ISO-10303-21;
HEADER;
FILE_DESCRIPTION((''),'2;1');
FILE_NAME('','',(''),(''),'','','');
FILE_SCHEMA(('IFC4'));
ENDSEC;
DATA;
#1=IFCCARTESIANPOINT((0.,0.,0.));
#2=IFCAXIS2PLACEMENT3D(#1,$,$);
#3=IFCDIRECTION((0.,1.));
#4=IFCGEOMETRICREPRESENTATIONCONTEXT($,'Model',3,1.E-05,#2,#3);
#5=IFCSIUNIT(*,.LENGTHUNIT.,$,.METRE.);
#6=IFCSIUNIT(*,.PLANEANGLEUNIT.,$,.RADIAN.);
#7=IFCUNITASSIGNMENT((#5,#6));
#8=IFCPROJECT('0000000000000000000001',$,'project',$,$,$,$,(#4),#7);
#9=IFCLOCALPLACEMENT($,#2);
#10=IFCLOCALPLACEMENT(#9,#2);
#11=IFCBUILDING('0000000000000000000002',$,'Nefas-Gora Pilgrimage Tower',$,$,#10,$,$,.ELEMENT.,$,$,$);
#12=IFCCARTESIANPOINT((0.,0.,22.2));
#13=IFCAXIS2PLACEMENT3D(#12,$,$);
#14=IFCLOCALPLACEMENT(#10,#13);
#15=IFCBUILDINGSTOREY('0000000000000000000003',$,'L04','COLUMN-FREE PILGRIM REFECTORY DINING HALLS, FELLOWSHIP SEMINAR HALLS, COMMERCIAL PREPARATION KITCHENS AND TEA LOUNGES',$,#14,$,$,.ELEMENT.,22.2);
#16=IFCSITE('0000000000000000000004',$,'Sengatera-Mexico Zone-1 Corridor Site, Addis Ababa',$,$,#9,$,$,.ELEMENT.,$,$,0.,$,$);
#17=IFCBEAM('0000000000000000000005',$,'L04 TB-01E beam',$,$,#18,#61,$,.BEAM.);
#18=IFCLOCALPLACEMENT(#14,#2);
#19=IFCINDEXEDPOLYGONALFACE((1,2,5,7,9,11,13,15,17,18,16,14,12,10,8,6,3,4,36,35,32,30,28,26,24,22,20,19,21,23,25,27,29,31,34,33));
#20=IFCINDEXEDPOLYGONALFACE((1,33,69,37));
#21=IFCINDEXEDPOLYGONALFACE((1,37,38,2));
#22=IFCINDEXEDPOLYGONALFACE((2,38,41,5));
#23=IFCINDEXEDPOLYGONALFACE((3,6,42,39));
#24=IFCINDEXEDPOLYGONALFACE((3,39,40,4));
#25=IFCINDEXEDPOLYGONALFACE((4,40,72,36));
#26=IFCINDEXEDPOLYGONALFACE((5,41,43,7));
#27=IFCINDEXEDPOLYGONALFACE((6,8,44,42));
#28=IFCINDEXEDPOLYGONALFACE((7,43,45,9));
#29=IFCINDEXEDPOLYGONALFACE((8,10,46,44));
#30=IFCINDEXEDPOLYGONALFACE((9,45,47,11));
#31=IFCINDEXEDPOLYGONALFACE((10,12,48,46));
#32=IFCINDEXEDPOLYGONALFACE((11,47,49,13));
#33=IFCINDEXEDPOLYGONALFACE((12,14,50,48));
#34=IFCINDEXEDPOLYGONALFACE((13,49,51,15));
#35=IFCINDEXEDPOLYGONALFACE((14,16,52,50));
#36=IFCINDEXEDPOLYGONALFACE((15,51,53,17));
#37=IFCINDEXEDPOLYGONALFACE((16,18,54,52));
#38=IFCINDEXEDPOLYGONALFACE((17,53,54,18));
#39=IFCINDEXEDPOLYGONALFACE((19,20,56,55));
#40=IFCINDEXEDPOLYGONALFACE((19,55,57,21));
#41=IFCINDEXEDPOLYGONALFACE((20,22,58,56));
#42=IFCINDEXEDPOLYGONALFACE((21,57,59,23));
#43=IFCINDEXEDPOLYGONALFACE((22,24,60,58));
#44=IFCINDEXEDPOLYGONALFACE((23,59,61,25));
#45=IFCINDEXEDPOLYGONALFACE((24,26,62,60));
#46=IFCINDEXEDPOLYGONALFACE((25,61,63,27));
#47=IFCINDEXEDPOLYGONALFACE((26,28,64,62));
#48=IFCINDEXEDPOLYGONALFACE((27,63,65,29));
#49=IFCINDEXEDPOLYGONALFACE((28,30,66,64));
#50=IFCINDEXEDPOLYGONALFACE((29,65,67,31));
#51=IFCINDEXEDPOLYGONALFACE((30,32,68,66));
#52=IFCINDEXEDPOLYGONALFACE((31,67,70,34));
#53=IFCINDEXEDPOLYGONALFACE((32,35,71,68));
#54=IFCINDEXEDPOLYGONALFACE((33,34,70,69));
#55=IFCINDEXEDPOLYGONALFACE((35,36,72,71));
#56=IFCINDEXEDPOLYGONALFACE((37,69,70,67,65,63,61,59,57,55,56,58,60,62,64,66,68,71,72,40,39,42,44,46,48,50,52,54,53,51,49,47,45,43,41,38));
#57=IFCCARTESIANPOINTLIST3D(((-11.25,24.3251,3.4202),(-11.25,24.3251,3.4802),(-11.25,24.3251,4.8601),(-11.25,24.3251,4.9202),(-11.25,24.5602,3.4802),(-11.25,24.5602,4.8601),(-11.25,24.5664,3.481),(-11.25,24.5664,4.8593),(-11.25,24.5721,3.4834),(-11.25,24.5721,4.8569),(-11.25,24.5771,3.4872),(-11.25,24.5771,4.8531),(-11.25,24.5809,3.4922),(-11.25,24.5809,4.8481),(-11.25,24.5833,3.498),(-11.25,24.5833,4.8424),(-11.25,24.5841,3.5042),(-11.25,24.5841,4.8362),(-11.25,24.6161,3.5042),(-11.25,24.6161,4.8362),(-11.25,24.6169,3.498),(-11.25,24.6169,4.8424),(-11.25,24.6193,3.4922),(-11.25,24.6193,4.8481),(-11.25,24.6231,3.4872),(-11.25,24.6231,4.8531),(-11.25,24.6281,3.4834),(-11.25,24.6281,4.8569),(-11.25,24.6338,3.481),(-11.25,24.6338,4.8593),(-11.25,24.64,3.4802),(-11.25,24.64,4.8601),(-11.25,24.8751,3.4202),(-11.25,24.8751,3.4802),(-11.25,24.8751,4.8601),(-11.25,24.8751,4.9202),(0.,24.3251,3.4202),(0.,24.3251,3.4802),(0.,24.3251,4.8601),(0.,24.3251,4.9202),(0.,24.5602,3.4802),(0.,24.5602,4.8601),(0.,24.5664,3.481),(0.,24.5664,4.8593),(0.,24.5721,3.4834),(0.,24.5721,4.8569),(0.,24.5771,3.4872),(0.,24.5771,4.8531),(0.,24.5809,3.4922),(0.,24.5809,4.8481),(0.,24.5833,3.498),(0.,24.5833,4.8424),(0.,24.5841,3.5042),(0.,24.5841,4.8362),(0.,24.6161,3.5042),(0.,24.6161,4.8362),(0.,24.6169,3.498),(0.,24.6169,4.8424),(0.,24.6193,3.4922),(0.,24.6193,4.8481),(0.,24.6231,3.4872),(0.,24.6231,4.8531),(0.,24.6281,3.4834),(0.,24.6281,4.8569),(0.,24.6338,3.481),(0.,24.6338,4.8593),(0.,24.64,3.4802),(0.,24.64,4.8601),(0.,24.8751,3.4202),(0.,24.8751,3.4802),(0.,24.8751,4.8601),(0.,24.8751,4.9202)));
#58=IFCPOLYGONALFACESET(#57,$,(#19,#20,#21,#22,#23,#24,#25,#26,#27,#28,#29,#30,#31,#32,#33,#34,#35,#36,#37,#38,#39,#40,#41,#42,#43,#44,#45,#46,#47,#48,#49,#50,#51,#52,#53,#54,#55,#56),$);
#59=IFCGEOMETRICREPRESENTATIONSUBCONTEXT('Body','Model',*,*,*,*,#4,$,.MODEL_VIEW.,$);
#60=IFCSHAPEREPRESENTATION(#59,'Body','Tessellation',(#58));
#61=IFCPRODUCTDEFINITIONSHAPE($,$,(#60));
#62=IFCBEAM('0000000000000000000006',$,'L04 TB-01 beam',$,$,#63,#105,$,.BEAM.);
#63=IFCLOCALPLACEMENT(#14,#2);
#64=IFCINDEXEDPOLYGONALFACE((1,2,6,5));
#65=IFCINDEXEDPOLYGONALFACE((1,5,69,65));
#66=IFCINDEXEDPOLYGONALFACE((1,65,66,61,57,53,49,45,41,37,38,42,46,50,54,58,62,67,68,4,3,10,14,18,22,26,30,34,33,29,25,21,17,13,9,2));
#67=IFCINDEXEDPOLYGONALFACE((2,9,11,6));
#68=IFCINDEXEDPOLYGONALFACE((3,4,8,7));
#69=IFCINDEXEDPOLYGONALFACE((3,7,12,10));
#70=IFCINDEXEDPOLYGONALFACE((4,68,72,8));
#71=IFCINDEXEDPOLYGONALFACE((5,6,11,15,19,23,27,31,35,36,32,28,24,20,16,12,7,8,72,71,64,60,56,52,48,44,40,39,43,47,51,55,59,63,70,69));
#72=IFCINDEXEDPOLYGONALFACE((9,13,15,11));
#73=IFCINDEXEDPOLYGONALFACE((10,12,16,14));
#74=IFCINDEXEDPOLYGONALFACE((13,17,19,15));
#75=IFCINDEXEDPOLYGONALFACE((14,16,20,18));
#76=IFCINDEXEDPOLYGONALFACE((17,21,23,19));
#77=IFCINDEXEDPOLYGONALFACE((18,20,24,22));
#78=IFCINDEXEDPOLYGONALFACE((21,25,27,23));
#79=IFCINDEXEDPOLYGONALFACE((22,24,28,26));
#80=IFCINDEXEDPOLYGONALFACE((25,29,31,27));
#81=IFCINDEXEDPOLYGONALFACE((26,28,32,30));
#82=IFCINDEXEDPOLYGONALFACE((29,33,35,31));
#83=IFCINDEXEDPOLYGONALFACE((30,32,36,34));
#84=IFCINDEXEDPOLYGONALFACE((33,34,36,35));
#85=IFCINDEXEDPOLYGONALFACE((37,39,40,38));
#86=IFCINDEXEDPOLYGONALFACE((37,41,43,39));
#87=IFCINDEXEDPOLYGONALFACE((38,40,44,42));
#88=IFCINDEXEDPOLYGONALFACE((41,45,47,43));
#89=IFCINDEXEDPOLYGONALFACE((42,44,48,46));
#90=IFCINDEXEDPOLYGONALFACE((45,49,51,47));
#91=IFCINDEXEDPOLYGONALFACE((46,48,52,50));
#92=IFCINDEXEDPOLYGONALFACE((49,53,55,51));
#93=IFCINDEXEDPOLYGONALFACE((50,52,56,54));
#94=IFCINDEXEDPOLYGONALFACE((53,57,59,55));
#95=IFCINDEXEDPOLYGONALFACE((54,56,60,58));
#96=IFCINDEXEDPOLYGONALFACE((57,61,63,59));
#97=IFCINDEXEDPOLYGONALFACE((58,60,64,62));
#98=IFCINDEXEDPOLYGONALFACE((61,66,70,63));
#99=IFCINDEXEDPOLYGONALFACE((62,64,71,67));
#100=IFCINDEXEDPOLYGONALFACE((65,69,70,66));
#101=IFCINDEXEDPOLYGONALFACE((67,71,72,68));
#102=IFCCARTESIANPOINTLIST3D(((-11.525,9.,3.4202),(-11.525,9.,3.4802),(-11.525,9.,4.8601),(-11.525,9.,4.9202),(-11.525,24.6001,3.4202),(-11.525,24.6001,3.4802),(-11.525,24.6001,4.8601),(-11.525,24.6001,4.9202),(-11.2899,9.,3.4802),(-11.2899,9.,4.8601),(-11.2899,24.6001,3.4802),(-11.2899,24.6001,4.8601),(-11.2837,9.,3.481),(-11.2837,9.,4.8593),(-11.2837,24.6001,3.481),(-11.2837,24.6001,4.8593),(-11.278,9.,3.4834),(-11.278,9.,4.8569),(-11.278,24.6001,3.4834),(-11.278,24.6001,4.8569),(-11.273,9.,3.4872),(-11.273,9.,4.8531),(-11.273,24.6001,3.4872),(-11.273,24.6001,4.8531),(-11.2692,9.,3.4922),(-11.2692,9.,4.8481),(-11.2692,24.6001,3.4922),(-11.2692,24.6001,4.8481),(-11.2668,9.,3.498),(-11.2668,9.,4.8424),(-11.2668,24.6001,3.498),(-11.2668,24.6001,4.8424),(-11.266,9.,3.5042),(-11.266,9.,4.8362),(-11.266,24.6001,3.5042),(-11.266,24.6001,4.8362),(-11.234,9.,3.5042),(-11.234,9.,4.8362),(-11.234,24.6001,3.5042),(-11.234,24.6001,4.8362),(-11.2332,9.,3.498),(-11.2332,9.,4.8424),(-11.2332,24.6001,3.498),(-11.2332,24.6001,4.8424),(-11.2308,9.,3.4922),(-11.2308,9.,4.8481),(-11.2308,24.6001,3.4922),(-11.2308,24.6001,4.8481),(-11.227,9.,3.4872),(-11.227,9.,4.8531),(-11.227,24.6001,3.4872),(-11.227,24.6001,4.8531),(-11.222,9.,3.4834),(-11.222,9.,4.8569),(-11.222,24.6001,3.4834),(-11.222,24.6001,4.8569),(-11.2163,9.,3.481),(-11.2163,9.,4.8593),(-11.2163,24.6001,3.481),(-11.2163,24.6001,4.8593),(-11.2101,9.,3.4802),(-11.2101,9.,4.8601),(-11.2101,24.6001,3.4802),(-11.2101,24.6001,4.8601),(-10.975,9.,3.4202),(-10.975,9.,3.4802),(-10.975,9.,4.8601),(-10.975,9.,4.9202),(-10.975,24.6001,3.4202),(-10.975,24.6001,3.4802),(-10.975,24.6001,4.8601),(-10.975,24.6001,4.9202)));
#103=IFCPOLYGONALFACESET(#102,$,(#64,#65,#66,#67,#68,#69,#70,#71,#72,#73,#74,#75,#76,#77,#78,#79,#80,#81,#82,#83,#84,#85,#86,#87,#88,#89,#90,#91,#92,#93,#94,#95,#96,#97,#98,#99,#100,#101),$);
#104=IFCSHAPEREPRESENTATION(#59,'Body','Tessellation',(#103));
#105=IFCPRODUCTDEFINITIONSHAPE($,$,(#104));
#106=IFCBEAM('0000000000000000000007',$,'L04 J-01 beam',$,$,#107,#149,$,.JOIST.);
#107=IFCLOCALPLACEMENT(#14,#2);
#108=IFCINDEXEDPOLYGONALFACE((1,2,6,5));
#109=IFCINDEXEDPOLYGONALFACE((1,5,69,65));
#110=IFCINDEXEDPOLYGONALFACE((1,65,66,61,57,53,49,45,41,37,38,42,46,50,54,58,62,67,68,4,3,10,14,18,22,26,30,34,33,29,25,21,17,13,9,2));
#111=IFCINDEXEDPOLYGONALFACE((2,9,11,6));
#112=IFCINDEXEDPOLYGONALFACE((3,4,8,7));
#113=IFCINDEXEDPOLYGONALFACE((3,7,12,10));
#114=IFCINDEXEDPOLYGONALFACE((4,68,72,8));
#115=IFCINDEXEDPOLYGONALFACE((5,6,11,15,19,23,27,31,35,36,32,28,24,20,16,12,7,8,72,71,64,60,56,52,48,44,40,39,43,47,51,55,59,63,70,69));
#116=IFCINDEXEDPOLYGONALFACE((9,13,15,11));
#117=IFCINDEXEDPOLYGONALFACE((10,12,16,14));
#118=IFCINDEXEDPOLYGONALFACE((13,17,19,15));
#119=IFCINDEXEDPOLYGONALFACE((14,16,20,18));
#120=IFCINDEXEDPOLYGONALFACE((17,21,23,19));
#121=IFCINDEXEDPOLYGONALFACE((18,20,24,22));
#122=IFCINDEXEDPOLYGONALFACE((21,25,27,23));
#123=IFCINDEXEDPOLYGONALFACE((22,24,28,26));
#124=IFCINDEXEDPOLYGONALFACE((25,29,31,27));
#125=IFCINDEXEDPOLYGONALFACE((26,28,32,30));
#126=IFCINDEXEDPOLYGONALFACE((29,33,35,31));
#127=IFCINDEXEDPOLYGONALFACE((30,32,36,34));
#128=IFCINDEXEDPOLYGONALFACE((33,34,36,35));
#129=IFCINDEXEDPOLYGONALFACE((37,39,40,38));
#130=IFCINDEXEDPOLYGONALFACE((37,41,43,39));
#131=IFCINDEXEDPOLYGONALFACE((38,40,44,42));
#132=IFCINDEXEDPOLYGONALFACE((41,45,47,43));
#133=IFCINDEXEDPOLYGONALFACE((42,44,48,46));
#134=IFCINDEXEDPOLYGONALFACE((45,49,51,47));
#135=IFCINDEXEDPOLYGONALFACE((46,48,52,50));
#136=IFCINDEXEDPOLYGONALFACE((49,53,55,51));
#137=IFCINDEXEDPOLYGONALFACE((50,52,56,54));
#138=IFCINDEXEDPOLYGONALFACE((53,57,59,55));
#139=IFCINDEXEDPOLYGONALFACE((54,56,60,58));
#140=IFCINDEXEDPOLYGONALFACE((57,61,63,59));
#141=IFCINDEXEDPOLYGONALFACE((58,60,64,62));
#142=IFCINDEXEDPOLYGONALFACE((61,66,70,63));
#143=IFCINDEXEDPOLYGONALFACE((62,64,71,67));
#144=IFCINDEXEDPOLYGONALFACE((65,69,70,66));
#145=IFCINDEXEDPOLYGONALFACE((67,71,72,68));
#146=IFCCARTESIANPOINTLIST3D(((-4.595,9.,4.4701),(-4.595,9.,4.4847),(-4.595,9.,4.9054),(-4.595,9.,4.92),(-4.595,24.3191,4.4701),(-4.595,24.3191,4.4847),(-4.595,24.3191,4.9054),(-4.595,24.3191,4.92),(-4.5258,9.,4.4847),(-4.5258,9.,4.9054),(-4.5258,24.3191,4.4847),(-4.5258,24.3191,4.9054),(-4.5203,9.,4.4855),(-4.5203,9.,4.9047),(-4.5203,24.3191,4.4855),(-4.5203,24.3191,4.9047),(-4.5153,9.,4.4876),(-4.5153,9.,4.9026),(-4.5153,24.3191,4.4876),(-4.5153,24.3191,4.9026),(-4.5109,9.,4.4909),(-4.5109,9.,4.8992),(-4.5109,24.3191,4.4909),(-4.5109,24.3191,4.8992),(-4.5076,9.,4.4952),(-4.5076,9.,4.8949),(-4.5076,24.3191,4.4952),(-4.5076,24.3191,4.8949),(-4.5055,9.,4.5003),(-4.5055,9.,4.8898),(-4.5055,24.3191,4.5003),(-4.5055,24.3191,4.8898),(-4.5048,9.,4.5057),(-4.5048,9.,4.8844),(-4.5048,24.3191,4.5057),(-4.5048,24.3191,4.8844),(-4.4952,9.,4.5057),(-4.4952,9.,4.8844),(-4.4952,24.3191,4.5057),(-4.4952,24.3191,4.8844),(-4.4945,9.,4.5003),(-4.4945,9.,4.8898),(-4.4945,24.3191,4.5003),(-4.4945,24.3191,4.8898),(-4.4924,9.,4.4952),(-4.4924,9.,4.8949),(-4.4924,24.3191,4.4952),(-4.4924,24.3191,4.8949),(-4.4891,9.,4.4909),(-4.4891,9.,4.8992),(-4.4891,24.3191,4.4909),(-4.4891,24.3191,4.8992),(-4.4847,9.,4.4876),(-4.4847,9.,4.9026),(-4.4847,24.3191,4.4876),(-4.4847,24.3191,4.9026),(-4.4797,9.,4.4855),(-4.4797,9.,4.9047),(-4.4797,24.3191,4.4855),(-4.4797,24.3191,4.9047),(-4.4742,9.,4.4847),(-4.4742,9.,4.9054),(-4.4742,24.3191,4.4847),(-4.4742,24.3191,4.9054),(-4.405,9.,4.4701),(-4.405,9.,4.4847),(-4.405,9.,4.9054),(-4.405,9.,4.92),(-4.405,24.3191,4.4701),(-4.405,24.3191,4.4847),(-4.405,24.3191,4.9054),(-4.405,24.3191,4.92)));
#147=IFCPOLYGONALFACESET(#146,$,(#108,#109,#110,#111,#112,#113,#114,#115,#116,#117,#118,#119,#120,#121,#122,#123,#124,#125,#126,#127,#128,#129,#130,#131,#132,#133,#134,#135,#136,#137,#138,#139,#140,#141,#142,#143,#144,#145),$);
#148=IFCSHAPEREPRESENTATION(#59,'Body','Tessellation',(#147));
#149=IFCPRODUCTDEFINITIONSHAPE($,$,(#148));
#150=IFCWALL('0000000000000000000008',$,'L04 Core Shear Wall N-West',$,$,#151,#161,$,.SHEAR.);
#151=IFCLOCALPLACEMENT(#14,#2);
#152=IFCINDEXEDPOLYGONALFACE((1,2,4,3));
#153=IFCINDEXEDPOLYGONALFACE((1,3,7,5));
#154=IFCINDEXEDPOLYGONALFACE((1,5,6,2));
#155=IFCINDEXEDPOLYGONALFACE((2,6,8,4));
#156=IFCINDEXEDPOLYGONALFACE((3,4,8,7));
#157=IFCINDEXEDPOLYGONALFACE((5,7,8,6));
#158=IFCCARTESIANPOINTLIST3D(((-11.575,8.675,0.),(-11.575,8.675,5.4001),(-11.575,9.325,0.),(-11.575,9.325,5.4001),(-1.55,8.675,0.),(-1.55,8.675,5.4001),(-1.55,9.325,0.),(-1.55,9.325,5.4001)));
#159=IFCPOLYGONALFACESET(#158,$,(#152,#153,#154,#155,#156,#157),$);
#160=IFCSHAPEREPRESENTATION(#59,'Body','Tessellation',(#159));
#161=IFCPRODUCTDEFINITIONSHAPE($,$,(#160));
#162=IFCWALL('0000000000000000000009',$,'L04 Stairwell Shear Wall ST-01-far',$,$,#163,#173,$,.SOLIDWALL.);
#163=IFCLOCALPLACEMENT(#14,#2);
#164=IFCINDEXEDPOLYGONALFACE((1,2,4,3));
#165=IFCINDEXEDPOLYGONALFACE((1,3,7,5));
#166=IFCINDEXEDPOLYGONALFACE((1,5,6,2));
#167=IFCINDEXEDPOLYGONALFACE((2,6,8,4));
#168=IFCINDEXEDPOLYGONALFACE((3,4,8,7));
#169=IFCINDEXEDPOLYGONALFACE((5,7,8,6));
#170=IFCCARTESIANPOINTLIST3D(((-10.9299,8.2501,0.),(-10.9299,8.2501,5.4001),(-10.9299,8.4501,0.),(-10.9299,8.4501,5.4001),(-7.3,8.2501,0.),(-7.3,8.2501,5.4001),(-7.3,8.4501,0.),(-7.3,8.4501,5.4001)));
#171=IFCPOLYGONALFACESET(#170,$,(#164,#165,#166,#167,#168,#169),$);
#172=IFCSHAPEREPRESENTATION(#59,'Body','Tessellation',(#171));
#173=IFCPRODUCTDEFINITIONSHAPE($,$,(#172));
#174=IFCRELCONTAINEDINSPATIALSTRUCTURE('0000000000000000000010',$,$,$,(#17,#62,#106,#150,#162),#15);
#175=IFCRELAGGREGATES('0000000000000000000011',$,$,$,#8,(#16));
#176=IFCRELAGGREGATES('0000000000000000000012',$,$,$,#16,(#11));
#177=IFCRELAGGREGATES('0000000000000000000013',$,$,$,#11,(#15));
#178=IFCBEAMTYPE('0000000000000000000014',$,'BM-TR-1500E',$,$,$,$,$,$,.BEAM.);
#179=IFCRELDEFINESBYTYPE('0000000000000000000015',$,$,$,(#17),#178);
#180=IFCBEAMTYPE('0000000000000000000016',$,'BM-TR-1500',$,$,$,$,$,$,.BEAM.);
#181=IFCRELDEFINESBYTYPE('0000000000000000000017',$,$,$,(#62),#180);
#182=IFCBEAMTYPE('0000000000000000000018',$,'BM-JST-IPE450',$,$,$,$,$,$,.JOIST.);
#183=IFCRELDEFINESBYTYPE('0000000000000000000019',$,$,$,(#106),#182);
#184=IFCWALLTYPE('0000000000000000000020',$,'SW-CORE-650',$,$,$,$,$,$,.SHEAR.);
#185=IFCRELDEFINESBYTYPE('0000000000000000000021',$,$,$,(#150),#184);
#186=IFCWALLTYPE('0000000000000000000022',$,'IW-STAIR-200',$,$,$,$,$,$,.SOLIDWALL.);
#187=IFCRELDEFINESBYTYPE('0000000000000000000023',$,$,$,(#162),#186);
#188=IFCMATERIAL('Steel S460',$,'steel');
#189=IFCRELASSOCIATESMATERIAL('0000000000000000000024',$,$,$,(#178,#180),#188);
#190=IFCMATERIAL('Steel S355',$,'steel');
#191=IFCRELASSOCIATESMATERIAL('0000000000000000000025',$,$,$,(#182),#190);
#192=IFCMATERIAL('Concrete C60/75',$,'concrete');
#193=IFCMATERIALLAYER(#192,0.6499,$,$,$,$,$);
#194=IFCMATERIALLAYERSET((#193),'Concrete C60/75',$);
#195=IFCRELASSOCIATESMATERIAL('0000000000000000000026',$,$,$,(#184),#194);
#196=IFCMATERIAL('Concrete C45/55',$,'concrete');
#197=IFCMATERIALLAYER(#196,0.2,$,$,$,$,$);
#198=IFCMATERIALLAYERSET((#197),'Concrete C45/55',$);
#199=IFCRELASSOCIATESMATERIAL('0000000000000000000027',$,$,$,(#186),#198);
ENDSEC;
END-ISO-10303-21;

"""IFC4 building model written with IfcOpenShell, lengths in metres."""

from ifc_helpers import new_model, si_unit, direction, frame, frame_2d, origin, origin_2d, place, context, subcontext, project, spatial, rectangle, i_section, extrude, source, transform, mapped, material, layer, layer_set, material_profile, profile_set, type_object, element, save


model = new_model("IFC4")

# Units and contexts
model_context = context("Model", 3, precision=1e-05, world=origin(), true_north=direction((0.0, 1.0)))
body_context = subcontext(model_context, "Body", "Model", "MODEL_VIEW")
ifc_project = project(units=[si_unit("LENGTHUNIT", "METRE"), si_unit("PLANEANGLEUNIT", "RADIAN")], contexts=[model_context])

# Site, building, storey
site_placement = place(None, origin())
site = spatial("IfcSite", under=ifc_project, at=site_placement, Name="Sengatera-Mexico Zone-1 Corridor Site, Addis Ababa", CompositionType="ELEMENT", RefElevation=0.0)
building_placement = place(site_placement, origin())
building = spatial("IfcBuilding", under=site, at=building_placement, Name="Nefas-Gora Pilgrimage Tower", CompositionType="ELEMENT")
storey_placement = place(building_placement, frame((0.0, 0.0, 22.2)))
storey = spatial("IfcBuildingStorey", under=building, at=storey_placement, Name="L04", Description="COLUMN-FREE PILGRIM REFECTORY DINING HALLS, FELLOWSHIP SEMINAR HALLS, COMMERCIAL PREPARATION KITCHENS AND TEA LOUNGES", CompositionType="ELEMENT", Elevation=22.2)

# Shared definitions
ifc_material_1 = material(Name="Steel S460", Category="steel")

# Beams
ifc_material_2 = material(Name="Concrete C60/75", Category="concrete")
ifc_material_profile_1 = material_profile(ifc_material_1, i_section(OverallWidth=0.55, OverallDepth=1.5, WebThickness=0.032, FlangeThickness=0.0601, FilletRadius=0.0239, at=origin_2d()), Name="WPG 1500x550x32x60")
ifc_profile_set_1 = profile_set([ifc_material_profile_1], Name="Steel S460")
beam_type_1 = type_object("IfcBeamType", Name="BM-TR-1500E", PredefinedType="BEAM", material=ifc_profile_set_1)
shared_shape_1 = source(origin(), body_context, "Body", "SweptSolid", [
    extrude(i_section(OverallWidth=0.55, OverallDepth=1.5, WebThickness=0.032, FlangeThickness=0.0601, FilletRadius=0.0239, at=origin_2d()), origin(), (0.0, 0.0, 1.0), 11.25),
])
beam_1_placement = place(storey_placement, frame((-11.25, 24.6001, 4.1702), z_axis=(1.0, 0.0, 0.0), x_axis=(0.0, 1.0, 0.0)))
element("IfcBeam", 1, at=beam_1_placement, inside=storey, type_object=beam_type_1, Name="L04 TB-01E beam", PredefinedType="BEAM", context=body_context, shape_type="MappedRepresentation", body=[
    mapped(shared_shape_1, transform((0.0, 0.0, 0.0), x_axis=(1.0, 0.0, 0.0), y_axis=(0.0, 1.0, 0.0), z_axis=(0.0, 0.0, 1.0), scale=1.0)),
])
ifc_material_profile_2 = material_profile(ifc_material_1, i_section(OverallWidth=0.55, OverallDepth=1.5, WebThickness=0.032, FlangeThickness=0.0601, FilletRadius=0.0239, at=origin_2d()), Name="WPG 1500x550x32x60")
ifc_profile_set_2 = profile_set([ifc_material_profile_2], Name="Steel S460")
beam_type_2 = type_object("IfcBeamType", Name="BM-TR-1500", PredefinedType="BEAM", material=ifc_profile_set_2)
shared_shape_2 = source(origin(), body_context, "Body", "SweptSolid", [
    extrude(i_section(OverallWidth=0.55, OverallDepth=1.5, WebThickness=0.032, FlangeThickness=0.0601, FilletRadius=0.0239, at=origin_2d()), origin(), (0.0, 0.0, 1.0), 15.6001),
])
beam_2_placement = place(storey_placement, frame((-11.25, 9.0, 4.1702), z_axis=(0.0, 1.0, 0.0), x_axis=(-1.0, 0.0, 0.0)))
element("IfcBeam", 2, at=beam_2_placement, inside=storey, type_object=beam_type_2, Name="L04 TB-01 beam", PredefinedType="BEAM", context=body_context, shape_type="MappedRepresentation", body=[
    mapped(shared_shape_2, transform((0.0, 0.0, 0.0), x_axis=(1.0, 0.0, 0.0), y_axis=(0.0, 1.0, 0.0), z_axis=(0.0, 0.0, 1.0), scale=1.0)),
])
ifc_material_3 = material(Name="Steel S355", Category="steel")
ifc_material_profile_3 = material_profile(ifc_material_3, i_section(OverallWidth=0.1899, OverallDepth=0.45, WebThickness=0.0095, FlangeThickness=0.0146, FilletRadius=0.021, at=origin_2d()), Name="IPE 450")
ifc_profile_set_3 = profile_set([ifc_material_profile_3], Name="Steel S355")
beam_type_3 = type_object("IfcBeamType", Name="BM-JST-IPE450", PredefinedType="JOIST", material=ifc_profile_set_3)
shared_shape_3 = source(origin(), body_context, "Body", "SweptSolid", [
    extrude(i_section(OverallWidth=0.1899, OverallDepth=0.45, WebThickness=0.0095, FlangeThickness=0.0146, FilletRadius=0.021, at=origin_2d()), origin(), (0.0, 0.0, 1.0), 15.3191),
])
beam_3_placement = place(storey_placement, frame((-4.5, 9.0, 4.6951), z_axis=(0.0, 1.0, 0.0), x_axis=(-1.0, 0.0, 0.0)))
element("IfcBeam", 3, at=beam_3_placement, inside=storey, type_object=beam_type_3, Name="L04 J-01 beam", PredefinedType="JOIST", context=body_context, shape_type="MappedRepresentation", body=[
    mapped(shared_shape_3, transform((0.0, 0.0, 0.0), x_axis=(1.0, 0.0, 0.0), y_axis=(0.0, 1.0, 0.0), z_axis=(0.0, 0.0, 1.0), scale=1.0)),
])

# Walls
ifc_layer_1 = layer(ifc_material_2, 0.6499)
ifc_layer_set_1 = layer_set([ifc_layer_1], Name="Concrete C60/75")
wall_type_1 = type_object("IfcWallType", Name="SW-CORE-650", PredefinedType="SHEAR", material=ifc_layer_set_1)
shared_shape_4 = source(origin(), body_context, "Body", "SweptSolid", [
    extrude(rectangle(XDim=10.0249, YDim=0.6499, at=frame_2d((5.0125, 0.0))), origin(), (0.0, 0.0, 1.0), 5.4001),
])
wall_1_placement = place(storey_placement, frame((-11.575, 9.0, 0.0), z_axis=(0.0, 0.0, 1.0), x_axis=(1.0, 0.0, 0.0)))
element("IfcWall", 4, at=wall_1_placement, inside=storey, type_object=wall_type_1, Name="L04 Core Shear Wall N-West", PredefinedType="SHEAR", context=body_context, shape_type="MappedRepresentation", body=[
    mapped(shared_shape_4, transform((0.0, 0.0, 0.0), x_axis=(1.0, 0.0, 0.0), y_axis=(0.0, 1.0, 0.0), z_axis=(0.0, 0.0, 1.0), scale=1.0)),
])
ifc_material_4 = material(Name="Concrete C45/55", Category="concrete")
ifc_layer_2 = layer(ifc_material_4, 0.2)
ifc_layer_set_2 = layer_set([ifc_layer_2], Name="Concrete C45/55")
wall_type_2 = type_object("IfcWallType", Name="IW-STAIR-200", PredefinedType="SOLIDWALL", material=ifc_layer_set_2)
shared_shape_5 = source(origin(), body_context, "Body", "SweptSolid", [
    extrude(rectangle(XDim=3.6299, YDim=0.2, at=frame_2d((1.8149, 0.0))), origin(), (0.0, 0.0, 1.0), 5.4001),
])
wall_2_placement = place(storey_placement, frame((-7.3, 8.3501, 0.0), z_axis=(0.0, 0.0, 1.0), x_axis=(-1.0, 0.0, 0.0)))
element("IfcWall", 5, at=wall_2_placement, inside=storey, type_object=wall_type_2, Name="L04 Stairwell Shear Wall ST-01-far", PredefinedType="SOLIDWALL", context=body_context, shape_type="MappedRepresentation", body=[
    mapped(shared_shape_5, transform((0.0, 0.0, 0.0), x_axis=(1.0, 0.0, 0.0), y_axis=(0.0, 1.0, 0.0), z_axis=(0.0, 0.0, 1.0), scale=1.0)),
])

save(model, "model.ifc")
